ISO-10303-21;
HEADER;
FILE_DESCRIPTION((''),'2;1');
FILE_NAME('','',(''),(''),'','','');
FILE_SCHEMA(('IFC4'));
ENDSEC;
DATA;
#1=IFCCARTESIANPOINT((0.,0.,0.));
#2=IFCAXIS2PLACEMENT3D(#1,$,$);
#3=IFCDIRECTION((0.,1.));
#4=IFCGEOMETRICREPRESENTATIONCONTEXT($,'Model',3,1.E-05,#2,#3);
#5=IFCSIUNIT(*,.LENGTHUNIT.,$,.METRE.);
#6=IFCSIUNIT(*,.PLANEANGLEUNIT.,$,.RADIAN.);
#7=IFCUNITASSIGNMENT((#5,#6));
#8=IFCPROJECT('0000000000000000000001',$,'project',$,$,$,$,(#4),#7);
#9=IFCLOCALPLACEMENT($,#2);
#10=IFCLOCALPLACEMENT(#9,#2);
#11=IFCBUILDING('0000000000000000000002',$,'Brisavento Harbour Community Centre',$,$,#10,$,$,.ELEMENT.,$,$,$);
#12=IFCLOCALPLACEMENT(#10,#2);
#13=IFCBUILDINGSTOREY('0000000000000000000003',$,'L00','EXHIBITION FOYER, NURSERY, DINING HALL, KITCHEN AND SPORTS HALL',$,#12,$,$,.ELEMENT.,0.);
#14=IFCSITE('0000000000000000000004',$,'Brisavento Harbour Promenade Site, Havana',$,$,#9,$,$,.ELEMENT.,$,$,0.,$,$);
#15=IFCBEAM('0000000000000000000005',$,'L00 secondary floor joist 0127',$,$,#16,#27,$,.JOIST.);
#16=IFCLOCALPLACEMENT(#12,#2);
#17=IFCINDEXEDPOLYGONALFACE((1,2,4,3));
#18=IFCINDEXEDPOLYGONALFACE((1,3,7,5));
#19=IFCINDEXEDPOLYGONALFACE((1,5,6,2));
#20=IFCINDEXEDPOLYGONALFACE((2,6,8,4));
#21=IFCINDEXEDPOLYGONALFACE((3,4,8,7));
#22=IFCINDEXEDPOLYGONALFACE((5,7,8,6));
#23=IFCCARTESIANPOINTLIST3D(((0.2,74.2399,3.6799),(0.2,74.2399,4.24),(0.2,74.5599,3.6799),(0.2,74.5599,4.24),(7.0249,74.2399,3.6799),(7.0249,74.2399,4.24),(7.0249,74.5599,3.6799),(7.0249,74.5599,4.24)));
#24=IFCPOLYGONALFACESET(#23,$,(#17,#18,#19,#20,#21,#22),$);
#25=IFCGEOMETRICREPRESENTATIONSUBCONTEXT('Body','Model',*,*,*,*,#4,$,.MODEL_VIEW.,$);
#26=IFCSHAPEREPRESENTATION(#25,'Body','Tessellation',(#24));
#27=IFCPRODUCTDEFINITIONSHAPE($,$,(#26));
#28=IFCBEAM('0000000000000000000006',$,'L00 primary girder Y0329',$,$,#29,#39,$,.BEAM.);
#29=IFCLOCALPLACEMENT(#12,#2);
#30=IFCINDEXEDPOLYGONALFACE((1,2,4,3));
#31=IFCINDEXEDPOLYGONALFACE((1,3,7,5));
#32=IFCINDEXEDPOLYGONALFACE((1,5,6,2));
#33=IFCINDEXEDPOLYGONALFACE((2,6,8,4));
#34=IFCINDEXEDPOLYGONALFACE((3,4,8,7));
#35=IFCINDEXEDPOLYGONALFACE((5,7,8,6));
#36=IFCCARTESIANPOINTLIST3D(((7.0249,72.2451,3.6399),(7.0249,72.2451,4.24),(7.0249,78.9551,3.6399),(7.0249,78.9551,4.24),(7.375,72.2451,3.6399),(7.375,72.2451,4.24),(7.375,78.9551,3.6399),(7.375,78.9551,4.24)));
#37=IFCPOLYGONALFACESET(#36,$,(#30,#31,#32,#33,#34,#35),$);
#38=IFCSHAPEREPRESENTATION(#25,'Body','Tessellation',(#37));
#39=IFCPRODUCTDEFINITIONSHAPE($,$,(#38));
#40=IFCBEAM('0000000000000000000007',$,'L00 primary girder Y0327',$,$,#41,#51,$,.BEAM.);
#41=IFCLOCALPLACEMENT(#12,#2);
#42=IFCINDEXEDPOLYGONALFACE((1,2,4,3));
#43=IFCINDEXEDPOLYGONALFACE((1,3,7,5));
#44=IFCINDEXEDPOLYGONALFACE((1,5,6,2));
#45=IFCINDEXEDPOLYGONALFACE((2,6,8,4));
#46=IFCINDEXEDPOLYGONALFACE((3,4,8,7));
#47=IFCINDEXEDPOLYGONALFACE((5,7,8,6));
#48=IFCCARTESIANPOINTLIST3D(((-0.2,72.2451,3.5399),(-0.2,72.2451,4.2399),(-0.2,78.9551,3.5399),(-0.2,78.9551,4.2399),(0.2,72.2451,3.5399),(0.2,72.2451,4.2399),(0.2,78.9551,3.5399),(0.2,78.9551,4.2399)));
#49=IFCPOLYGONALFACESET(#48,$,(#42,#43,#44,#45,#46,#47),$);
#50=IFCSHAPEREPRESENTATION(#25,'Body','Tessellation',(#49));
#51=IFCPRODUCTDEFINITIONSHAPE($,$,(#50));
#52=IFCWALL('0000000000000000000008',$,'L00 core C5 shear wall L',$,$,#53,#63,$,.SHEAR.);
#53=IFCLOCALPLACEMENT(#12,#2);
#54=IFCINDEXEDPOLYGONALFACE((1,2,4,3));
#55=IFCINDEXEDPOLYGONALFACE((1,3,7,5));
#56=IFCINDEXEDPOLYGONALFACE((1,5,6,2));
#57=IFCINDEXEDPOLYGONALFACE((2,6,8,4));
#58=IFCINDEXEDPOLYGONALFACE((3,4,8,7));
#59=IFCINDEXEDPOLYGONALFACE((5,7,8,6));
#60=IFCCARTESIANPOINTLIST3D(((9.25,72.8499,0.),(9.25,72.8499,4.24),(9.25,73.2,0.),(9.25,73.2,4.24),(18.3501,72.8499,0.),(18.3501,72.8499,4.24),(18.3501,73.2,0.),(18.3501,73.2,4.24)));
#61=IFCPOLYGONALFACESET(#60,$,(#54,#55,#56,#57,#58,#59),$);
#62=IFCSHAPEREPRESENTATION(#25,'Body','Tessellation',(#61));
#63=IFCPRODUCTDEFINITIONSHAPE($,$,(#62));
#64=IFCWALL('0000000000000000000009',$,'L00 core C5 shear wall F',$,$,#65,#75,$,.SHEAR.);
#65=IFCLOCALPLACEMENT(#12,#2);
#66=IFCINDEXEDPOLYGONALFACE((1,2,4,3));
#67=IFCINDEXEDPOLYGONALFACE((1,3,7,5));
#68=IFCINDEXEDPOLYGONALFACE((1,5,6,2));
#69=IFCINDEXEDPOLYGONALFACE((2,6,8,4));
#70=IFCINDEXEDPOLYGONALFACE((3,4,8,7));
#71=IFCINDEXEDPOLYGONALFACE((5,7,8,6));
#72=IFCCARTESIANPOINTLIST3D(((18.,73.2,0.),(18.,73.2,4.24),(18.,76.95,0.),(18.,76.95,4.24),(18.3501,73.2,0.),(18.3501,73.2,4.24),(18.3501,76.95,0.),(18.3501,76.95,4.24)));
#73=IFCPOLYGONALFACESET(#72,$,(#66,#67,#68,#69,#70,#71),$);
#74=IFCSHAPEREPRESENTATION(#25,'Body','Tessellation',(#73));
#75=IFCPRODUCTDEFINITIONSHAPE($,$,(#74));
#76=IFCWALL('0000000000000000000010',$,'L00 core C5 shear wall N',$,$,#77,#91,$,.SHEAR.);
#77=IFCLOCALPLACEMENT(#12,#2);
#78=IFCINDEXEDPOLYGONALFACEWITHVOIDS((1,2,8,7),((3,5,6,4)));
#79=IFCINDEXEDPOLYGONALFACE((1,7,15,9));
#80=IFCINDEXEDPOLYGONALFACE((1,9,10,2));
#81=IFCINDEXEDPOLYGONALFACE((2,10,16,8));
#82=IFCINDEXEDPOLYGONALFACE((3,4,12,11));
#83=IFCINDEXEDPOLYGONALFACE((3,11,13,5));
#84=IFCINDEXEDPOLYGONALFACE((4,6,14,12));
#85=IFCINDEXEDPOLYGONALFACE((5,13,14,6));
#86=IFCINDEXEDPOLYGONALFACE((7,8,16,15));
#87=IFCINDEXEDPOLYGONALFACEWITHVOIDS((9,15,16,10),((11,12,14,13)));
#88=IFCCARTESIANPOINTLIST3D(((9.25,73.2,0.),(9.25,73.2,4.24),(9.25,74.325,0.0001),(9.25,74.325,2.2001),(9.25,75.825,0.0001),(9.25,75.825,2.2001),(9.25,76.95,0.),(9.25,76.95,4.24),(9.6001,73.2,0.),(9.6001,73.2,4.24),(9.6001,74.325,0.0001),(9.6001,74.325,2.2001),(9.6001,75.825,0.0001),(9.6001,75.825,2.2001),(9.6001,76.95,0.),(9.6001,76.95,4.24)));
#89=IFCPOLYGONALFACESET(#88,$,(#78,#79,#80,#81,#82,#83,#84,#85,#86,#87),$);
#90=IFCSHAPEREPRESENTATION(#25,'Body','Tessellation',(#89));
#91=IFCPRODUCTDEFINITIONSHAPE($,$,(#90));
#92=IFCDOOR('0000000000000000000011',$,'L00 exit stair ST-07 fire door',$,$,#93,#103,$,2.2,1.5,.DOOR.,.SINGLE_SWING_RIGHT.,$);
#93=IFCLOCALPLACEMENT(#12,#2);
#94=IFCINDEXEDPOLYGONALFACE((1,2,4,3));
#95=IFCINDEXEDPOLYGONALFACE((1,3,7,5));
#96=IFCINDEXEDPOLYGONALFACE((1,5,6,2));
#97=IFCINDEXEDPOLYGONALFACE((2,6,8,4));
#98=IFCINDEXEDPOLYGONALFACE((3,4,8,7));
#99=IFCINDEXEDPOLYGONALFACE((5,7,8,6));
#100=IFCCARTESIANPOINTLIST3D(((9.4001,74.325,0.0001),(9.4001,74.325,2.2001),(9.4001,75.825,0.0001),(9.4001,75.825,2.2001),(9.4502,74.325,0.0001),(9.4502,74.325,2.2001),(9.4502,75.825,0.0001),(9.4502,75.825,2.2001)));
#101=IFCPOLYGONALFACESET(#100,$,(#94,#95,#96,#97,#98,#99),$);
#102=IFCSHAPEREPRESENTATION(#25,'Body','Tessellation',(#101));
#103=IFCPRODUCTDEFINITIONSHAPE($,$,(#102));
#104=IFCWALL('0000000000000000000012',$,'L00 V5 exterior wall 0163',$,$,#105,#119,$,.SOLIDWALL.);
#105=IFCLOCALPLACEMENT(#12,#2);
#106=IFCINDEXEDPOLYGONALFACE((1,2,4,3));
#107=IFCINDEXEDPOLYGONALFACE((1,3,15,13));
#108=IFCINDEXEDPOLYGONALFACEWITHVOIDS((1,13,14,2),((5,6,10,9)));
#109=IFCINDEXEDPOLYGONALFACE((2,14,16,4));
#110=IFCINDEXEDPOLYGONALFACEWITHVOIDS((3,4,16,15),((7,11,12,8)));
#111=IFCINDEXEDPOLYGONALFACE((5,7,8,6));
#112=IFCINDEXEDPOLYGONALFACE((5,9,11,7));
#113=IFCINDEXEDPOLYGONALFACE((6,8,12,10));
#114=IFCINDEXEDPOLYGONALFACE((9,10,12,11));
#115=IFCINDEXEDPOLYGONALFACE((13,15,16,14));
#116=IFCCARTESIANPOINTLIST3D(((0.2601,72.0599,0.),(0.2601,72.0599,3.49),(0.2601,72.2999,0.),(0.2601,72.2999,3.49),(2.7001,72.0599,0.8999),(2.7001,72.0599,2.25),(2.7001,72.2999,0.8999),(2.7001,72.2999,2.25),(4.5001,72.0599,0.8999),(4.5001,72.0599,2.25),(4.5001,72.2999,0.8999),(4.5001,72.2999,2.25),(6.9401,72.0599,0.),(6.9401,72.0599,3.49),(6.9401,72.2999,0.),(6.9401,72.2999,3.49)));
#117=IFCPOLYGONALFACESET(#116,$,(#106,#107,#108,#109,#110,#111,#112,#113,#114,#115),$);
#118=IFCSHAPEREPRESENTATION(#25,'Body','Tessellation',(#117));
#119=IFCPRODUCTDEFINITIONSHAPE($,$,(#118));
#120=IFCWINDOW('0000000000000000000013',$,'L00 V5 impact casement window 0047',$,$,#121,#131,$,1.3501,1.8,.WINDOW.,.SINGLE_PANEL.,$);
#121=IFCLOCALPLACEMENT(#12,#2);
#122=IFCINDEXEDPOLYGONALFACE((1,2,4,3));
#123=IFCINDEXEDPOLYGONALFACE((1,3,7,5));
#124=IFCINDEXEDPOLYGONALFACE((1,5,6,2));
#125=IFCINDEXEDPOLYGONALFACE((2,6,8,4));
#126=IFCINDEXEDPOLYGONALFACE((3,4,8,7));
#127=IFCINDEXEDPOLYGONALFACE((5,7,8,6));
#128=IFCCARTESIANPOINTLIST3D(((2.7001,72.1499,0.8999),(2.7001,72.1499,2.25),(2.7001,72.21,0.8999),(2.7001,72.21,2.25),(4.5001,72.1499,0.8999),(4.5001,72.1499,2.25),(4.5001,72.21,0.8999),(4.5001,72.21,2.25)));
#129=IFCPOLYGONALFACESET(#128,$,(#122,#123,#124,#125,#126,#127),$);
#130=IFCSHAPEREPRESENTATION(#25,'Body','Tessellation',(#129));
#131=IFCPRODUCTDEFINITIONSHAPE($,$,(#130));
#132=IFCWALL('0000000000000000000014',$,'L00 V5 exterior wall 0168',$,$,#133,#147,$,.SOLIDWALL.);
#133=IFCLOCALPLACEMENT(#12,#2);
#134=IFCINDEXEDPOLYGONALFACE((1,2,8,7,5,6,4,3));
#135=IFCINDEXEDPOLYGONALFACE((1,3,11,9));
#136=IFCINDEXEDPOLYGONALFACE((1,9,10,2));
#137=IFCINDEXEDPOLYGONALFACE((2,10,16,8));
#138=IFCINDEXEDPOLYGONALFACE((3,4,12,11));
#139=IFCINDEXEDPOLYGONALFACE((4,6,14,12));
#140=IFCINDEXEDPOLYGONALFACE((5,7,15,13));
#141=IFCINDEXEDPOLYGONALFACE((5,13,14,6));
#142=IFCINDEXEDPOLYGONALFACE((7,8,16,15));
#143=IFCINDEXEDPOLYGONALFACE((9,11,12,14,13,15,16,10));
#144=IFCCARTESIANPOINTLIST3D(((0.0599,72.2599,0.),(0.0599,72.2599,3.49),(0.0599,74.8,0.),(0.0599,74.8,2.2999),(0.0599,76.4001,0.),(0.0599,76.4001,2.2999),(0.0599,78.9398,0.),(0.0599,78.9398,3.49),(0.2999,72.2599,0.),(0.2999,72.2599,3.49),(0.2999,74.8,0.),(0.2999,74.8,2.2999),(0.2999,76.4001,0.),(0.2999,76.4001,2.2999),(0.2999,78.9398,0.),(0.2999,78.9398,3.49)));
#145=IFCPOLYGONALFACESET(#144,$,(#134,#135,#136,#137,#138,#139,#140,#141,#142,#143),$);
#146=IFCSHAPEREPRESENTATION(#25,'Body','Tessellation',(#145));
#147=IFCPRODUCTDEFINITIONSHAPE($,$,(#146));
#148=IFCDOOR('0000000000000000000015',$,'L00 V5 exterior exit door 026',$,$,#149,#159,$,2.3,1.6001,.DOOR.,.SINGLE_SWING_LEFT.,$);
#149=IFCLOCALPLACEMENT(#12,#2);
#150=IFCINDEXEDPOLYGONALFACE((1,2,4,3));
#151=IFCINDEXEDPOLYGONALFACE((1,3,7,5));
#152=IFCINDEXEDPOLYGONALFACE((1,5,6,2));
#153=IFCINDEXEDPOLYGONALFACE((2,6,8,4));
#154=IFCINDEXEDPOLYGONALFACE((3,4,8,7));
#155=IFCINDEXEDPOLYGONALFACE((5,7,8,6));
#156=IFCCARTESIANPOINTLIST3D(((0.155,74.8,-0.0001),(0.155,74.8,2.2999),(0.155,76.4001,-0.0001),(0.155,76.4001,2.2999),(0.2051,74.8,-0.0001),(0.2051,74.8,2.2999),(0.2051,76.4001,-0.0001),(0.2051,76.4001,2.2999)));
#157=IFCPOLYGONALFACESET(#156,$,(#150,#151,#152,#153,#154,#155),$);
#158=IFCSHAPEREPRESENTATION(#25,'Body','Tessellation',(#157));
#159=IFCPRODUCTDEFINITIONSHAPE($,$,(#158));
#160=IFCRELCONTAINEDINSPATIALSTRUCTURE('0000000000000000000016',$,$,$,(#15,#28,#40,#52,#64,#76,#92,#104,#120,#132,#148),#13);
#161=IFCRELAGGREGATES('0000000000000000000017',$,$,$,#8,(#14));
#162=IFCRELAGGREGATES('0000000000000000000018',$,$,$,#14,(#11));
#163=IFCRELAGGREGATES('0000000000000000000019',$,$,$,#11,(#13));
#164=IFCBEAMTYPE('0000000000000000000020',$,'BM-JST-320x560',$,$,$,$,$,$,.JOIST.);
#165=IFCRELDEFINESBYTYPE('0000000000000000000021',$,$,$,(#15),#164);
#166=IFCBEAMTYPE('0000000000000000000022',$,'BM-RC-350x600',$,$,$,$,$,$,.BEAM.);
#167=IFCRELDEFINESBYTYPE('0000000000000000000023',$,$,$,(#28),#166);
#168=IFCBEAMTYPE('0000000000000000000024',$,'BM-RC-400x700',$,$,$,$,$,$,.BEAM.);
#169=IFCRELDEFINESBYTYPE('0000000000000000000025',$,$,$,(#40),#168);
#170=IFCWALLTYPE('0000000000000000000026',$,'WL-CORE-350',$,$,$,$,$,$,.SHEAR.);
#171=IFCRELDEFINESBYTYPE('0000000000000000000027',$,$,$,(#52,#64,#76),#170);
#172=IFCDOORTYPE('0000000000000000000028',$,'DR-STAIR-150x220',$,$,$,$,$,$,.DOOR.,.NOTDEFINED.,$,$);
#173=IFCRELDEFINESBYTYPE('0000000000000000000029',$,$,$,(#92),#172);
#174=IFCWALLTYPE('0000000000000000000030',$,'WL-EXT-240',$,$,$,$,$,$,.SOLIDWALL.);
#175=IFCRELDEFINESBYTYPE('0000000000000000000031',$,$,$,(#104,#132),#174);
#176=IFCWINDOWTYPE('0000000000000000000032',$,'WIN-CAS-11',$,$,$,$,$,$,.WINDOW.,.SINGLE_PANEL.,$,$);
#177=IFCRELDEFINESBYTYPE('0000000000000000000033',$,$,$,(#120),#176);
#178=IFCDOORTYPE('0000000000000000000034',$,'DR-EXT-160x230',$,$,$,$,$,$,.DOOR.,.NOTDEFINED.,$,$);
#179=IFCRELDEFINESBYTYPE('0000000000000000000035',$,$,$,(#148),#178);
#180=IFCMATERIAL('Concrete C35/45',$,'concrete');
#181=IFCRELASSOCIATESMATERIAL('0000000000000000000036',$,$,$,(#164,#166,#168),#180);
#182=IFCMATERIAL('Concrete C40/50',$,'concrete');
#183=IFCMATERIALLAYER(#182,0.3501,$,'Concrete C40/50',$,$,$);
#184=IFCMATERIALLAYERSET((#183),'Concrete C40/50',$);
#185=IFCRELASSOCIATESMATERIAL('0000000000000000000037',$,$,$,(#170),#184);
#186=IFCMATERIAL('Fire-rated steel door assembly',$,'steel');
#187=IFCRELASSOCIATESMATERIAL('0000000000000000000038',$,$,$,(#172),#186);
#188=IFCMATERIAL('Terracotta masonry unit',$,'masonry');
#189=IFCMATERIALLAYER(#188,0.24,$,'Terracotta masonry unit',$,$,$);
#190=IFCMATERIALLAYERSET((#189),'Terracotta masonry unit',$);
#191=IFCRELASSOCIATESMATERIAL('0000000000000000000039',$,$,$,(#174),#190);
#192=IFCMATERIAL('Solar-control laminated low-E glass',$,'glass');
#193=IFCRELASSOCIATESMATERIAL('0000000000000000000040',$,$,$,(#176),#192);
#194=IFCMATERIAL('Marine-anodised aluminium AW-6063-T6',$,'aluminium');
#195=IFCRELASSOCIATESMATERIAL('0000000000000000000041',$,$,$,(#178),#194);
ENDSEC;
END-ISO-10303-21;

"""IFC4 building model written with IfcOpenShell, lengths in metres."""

from ifc_helpers import new_model, si_unit, direction, frame, frame_2d, origin, origin_2d, place, context, subcontext, project, spatial, rectangle, extrude, material, layer, layer_set, material_profile, profile_set, type_object, element, fill, save


model = new_model("IFC4")

# Units and contexts
model_context = context("Model", 3, precision=1e-05, world=origin(), true_north=direction((0.0, 1.0)))
body_context = subcontext(model_context, "Body", "Model", "MODEL_VIEW")
ifc_project = project(units=[si_unit("LENGTHUNIT", "METRE"), si_unit("PLANEANGLEUNIT", "RADIAN")], contexts=[model_context])

# Site, building, storey
site_placement = place(None, origin())
site = spatial("IfcSite", under=ifc_project, at=site_placement, Name="Brisavento Harbour Promenade Site, Havana", CompositionType="ELEMENT", RefElevation=0.0)
building_placement = place(site_placement, origin())
building = spatial("IfcBuilding", under=site, at=building_placement, Name="Brisavento Harbour Community Centre", CompositionType="ELEMENT")
storey_placement = place(building_placement, origin())
storey = spatial("IfcBuildingStorey", under=building, at=storey_placement, Name="L00", Description="EXHIBITION FOYER, NURSERY, DINING HALL, KITCHEN AND SPORTS HALL", CompositionType="ELEMENT", Elevation=0.0)

# Beams
ifc_material_1 = material(Name="Concrete C35/45", Category="concrete")
ifc_material_profile_1 = material_profile(ifc_material_1, rectangle(XDim=0.3201, YDim=0.5601, at=origin_2d()), Name="Concrete C35/45")
ifc_profile_set_1 = profile_set([ifc_material_profile_1], Name="Concrete C35/45")
beam_type_1 = type_object("IfcBeamType", Name="BM-JST-320x560", PredefinedType="JOIST", material=ifc_profile_set_1)
beam_1_placement = place(storey_placement, frame((0.2, 74.3999, 3.96), z_axis=(1.0, 0.0, 0.0), x_axis=(0.0, 1.0, 0.0)))
element("IfcBeam", 1, at=beam_1_placement, inside=storey, type_object=beam_type_1, Name="L00 secondary floor joist 0127", PredefinedType="JOIST", context=body_context, shape_type="SweptSolid", body=[
    extrude(rectangle(XDim=0.3201, YDim=0.5601, at=origin_2d()), origin(), (0.0, 0.0, 1.0), 6.825),
])
ifc_material_profile_2 = material_profile(ifc_material_1, rectangle(XDim=0.3501, YDim=0.6001, at=origin_2d()), Name="Concrete C35/45")
ifc_profile_set_2 = profile_set([ifc_material_profile_2], Name="Concrete C35/45")
beam_type_2 = type_object("IfcBeamType", Name="BM-RC-350x600", PredefinedType="BEAM", material=ifc_profile_set_2)
beam_2_placement = place(storey_placement, frame((7.2, 72.2451, 3.9399), z_axis=(0.0, 1.0, 0.0), x_axis=(-1.0, 0.0, 0.0)))
element("IfcBeam", 2, at=beam_2_placement, inside=storey, type_object=beam_type_2, Name="L00 primary girder Y0329", PredefinedType="BEAM", context=body_context, shape_type="SweptSolid", body=[
    extrude(rectangle(XDim=0.3501, YDim=0.6001, at=origin_2d()), origin(), (0.0, 0.0, 1.0), 6.71),
])
ifc_material_profile_3 = material_profile(ifc_material_1, rectangle(XDim=0.3999, YDim=0.7, at=origin_2d()), Name="Concrete C35/45")
ifc_profile_set_3 = profile_set([ifc_material_profile_3], Name="Concrete C35/45")
beam_type_3 = type_object("IfcBeamType", Name="BM-RC-400x700", PredefinedType="BEAM", material=ifc_profile_set_3)
beam_3_placement = place(storey_placement, frame((0.0, 72.2451, 3.8899), z_axis=(0.0, 1.0, 0.0), x_axis=(-1.0, 0.0, 0.0)))
element("IfcBeam", 3, at=beam_3_placement, inside=storey, type_object=beam_type_3, Name="L00 primary girder Y0327", PredefinedType="BEAM", context=body_context, shape_type="SweptSolid", body=[
    extrude(rectangle(XDim=0.3999, YDim=0.7, at=origin_2d()), origin(), (0.0, 0.0, 1.0), 6.71),
])

# Walls
ifc_material_2 = material(Name="Concrete C40/50", Category="concrete")
ifc_layer_1 = layer(ifc_material_2, 0.3501, Name="Concrete C40/50")
ifc_layer_set_1 = layer_set([ifc_layer_1], Name="Concrete C40/50")
wall_type_1 = type_object("IfcWallType", Name="WL-CORE-350", PredefinedType="SHEAR", material=ifc_layer_set_1)
wall_1_placement = place(storey_placement, frame((9.25, 73.0249, 0.0), z_axis=(0.0, 0.0, 1.0), x_axis=(1.0, 0.0, 0.0)))
element("IfcWall", 4, at=wall_1_placement, inside=storey, type_object=wall_type_1, Name="L00 core C5 shear wall L", PredefinedType="SHEAR", context=body_context, shape_type="SweptSolid", body=[
    extrude(rectangle(XDim=9.1001, YDim=0.3501, at=frame_2d((4.55, 0.0))), origin(), (0.0, 0.0, 1.0), 4.24),
])
wall_2_placement = place(storey_placement, frame((18.175, 73.2, 0.0), z_axis=(0.0, 0.0, 1.0), x_axis=(0.0, 1.0, 0.0)))
element("IfcWall", 5, at=wall_2_placement, inside=storey, type_object=wall_type_1, Name="L00 core C5 shear wall F", PredefinedType="SHEAR", context=body_context, shape_type="SweptSolid", body=[
    extrude(rectangle(XDim=3.75, YDim=0.3501, at=frame_2d((1.875, 0.0))), origin(), (0.0, 0.0, 1.0), 4.24),
])

# Wall, opening, door
wall_3_placement = place(storey_placement, frame((9.425, 73.2, 0.0), z_axis=(0.0, 0.0, 1.0), x_axis=(0.0, 1.0, 0.0)))
wall_3 = element("IfcWall", 6, at=wall_3_placement, inside=storey, type_object=wall_type_1, Name="L00 core C5 shear wall N", PredefinedType="SHEAR", context=body_context, shape_type="SweptSolid", body=[
    extrude(rectangle(XDim=3.75, YDim=0.3501, at=frame_2d((1.875, 0.0))), origin(), (0.0, 0.0, 1.0), 4.24),
])
opening_1_placement = place(wall_3_placement, frame((1.125, 0.0, 0.0)))
opening_1 = element("IfcOpeningElement", 7, at=opening_1_placement, cuts=wall_3, PredefinedType="OPENING", context=body_context, shape_type="SweptSolid", body=[
    extrude(rectangle(XDim=1.5, YDim=2.2, at=frame_2d((0.75, 1.1001))), frame((0.0, 0.1851, 0.0), z_axis=(0.0, -1.0, 0.0), x_axis=(1.0, 0.0, 0.0)), (0.0, 0.0, 1.0), 0.3701),
])
ifc_material_3 = material(Name="Fire-rated steel door assembly", Category="steel")
door_type_1 = type_object("IfcDoorType", Name="DR-STAIR-150x220", OperationType="NOTDEFINED", PredefinedType="DOOR", material=ifc_material_3)
door_1_placement = place(opening_1_placement, origin())
door_1 = element("IfcDoor", 8, at=door_1_placement, inside=storey, type_object=door_type_1, Name="L00 exit stair ST-07 fire door", OperationType="SINGLE_SWING_RIGHT", OverallHeight=2.2, OverallWidth=1.5, PredefinedType="DOOR", context=body_context, shape_type="SweptSolid", body=[
    extrude(rectangle(XDim=1.5, YDim=2.2, at=frame_2d((0.75, 1.1001))), frame((0.0, 0.0249, 0.0), z_axis=(0.0, -1.0, 0.0), x_axis=(1.0, 0.0, 0.0)), (0.0, 0.0, 1.0), 0.05),
])
fill(opening_1, door_1)

# Wall, opening, window
ifc_material_4 = material(Name="Terracotta masonry unit", Category="masonry")
ifc_layer_2 = layer(ifc_material_4, 0.24, Name="Terracotta masonry unit")
ifc_layer_set_2 = layer_set([ifc_layer_2], Name="Terracotta masonry unit")
wall_type_2 = type_object("IfcWallType", Name="WL-EXT-240", PredefinedType="SOLIDWALL", material=ifc_layer_set_2)
wall_4_placement = place(storey_placement, frame((6.9399, 72.1799, 0.0), z_axis=(0.0, 0.0, 1.0), x_axis=(-1.0, 0.0, 0.0)))
wall_4 = element("IfcWall", 9, at=wall_4_placement, inside=storey, type_object=wall_type_2, Name="L00 V5 exterior wall 0163", PredefinedType="SOLIDWALL", context=body_context, shape_type="SweptSolid", body=[
    extrude(rectangle(XDim=6.6799, YDim=0.24, at=frame_2d((3.3398, 0.0))), origin(), (0.0, 0.0, 1.0), 3.49),
])
opening_2_placement = place(wall_4_placement, frame((2.4399, 0.0, 0.8999)))
opening_2 = element("IfcOpeningElement", 10, at=opening_2_placement, cuts=wall_4, PredefinedType="OPENING", context=body_context, shape_type="SweptSolid", body=[
    extrude(rectangle(XDim=1.8, YDim=1.3501, at=frame_2d((0.8999, 0.675))), frame((0.0, 0.1299, 0.0), z_axis=(0.0, -1.0, 0.0), x_axis=(1.0, 0.0, 0.0)), (0.0, 0.0, 1.0), 0.26),
])
ifc_material_5 = material(Name="Solar-control laminated low-E glass", Category="glass")
window_type_1 = type_object("IfcWindowType", Name="WIN-CAS-11", PartitioningType="SINGLE_PANEL", PredefinedType="WINDOW", material=ifc_material_5)
window_1_placement = place(opening_2_placement, origin())
window_1 = element("IfcWindow", 11, at=window_1_placement, inside=storey, type_object=window_type_1, Name="L00 V5 impact casement window 0047", OverallHeight=1.3501, OverallWidth=1.8, PartitioningType="SINGLE_PANEL", PredefinedType="WINDOW", context=body_context, shape_type="SweptSolid", body=[
    extrude(rectangle(XDim=1.8, YDim=1.3501, at=frame_2d((0.8999, 0.675))), frame((0.0, 0.03, 0.0), z_axis=(0.0, -1.0, 0.0), x_axis=(1.0, 0.0, 0.0)), (0.0, 0.0, 1.0), 0.0601),
])
fill(opening_2, window_1)

# Wall, opening, door
wall_5_placement = place(storey_placement, frame((0.1799, 72.26, 0.0), z_axis=(0.0, 0.0, 1.0), x_axis=(0.0, 1.0, 0.0)))
wall_5 = element("IfcWall", 12, at=wall_5_placement, inside=storey, type_object=wall_type_2, Name="L00 V5 exterior wall 0168", PredefinedType="SOLIDWALL", context=body_context, shape_type="SweptSolid", body=[
    extrude(rectangle(XDim=6.6799, YDim=0.24, at=frame_2d((3.3398, 0.0))), origin(), (0.0, 0.0, 1.0), 3.49),
])
opening_3_placement = place(wall_5_placement, frame((2.54, 0.0, 0.0)))
opening_3 = element("IfcOpeningElement", 13, at=opening_3_placement, cuts=wall_5, PredefinedType="OPENING", context=body_context, shape_type="SweptSolid", body=[
    extrude(rectangle(XDim=1.6001, YDim=2.3, at=frame_2d((0.8, 1.1499))), frame((0.0, 0.1299, 0.0), z_axis=(0.0, -1.0, 0.0), x_axis=(1.0, 0.0, 0.0)), (0.0, 0.0, 1.0), 0.26),
])
ifc_material_6 = material(Name="Marine-anodised aluminium AW-6063-T6", Category="aluminium")
door_type_2 = type_object("IfcDoorType", Name="DR-EXT-160x230", OperationType="NOTDEFINED", PredefinedType="DOOR", material=ifc_material_6)
door_2_placement = place(opening_3_placement, origin())
door_2 = element("IfcDoor", 14, at=door_2_placement, inside=storey, type_object=door_type_2, Name="L00 V5 exterior exit door 026", OperationType="SINGLE_SWING_LEFT", OverallHeight=2.3, OverallWidth=1.6001, PredefinedType="DOOR", context=body_context, shape_type="SweptSolid", body=[
    extrude(rectangle(XDim=1.6001, YDim=2.3, at=frame_2d((0.8, 1.1499))), frame((0.0, 0.0249, 0.0), z_axis=(0.0, -1.0, 0.0), x_axis=(1.0, 0.0, 0.0)), (0.0, 0.0, 1.0), 0.05),
])
fill(opening_3, door_2)

save(model, "model.ifc")
